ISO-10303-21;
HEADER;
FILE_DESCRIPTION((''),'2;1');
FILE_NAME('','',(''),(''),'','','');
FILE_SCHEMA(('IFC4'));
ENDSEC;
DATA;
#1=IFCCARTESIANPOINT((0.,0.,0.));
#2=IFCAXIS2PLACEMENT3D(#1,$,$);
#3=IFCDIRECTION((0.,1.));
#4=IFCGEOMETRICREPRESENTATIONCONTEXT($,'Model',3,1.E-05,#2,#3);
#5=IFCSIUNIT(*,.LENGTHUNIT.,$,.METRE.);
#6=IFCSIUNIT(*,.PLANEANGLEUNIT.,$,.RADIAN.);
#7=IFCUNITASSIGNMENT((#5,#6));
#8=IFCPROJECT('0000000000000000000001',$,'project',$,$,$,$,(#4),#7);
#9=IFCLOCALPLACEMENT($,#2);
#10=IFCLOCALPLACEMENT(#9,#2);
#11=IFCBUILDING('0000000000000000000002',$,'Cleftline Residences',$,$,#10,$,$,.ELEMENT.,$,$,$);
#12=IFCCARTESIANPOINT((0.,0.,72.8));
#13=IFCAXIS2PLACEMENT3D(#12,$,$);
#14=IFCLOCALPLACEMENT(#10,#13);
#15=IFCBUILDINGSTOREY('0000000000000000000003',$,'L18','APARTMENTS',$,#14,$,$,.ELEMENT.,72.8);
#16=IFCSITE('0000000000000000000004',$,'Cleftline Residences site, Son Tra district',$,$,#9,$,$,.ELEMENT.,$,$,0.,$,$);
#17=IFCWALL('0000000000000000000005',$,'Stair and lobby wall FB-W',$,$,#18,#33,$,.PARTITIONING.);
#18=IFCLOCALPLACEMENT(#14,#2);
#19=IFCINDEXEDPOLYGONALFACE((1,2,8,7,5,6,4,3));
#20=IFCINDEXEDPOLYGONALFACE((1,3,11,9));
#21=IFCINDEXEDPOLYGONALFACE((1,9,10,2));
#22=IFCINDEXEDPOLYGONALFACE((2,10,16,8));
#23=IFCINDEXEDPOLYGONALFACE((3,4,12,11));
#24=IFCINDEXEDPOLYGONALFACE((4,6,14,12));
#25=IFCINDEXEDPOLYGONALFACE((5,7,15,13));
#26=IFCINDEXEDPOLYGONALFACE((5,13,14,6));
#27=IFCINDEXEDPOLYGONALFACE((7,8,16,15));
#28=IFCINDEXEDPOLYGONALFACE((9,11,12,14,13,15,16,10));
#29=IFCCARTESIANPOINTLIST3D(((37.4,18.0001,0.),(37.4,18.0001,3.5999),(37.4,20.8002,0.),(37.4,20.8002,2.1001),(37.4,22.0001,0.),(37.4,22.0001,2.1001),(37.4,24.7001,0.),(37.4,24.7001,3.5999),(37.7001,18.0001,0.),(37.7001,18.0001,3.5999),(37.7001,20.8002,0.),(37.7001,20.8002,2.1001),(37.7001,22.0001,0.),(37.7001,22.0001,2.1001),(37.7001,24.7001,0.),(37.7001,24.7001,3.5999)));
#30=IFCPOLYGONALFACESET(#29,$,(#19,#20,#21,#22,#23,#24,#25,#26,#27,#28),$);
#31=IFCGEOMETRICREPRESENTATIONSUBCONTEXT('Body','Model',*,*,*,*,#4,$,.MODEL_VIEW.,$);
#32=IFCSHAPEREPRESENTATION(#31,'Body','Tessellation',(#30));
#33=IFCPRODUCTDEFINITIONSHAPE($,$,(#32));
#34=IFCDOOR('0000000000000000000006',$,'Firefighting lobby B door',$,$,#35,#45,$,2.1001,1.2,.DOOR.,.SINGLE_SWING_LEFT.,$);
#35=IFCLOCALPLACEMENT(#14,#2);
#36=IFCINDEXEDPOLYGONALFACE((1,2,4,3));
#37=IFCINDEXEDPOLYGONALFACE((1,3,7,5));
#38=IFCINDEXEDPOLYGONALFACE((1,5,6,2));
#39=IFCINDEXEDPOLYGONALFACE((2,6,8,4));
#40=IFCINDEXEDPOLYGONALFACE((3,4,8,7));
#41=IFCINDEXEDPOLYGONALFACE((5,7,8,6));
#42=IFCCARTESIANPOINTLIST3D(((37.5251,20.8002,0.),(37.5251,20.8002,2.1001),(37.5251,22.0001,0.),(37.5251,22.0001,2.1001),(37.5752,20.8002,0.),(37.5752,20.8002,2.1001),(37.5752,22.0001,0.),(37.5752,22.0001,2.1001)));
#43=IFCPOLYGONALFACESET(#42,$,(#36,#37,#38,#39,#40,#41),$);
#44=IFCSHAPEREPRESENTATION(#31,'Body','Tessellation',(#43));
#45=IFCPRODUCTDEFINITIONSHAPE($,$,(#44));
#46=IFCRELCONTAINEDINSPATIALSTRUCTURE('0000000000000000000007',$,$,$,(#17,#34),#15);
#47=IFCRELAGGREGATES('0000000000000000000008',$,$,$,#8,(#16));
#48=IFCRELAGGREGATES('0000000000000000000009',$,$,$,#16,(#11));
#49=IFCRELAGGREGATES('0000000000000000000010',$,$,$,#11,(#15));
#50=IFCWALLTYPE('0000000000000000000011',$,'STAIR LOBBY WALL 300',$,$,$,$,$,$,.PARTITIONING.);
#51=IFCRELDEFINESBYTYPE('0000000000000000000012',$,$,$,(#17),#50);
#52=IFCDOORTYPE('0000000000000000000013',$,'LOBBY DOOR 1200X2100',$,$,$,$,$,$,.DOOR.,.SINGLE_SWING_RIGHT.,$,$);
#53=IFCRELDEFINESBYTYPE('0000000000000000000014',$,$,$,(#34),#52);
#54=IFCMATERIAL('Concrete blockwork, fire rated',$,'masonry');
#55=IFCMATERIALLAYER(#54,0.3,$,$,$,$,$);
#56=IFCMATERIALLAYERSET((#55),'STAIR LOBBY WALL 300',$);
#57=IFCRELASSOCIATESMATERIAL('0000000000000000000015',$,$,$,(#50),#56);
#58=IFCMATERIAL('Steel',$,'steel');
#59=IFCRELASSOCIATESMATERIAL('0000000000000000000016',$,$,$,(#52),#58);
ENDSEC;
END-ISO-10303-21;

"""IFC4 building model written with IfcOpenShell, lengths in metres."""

from ifc_helpers import new_model, si_unit, direction, frame, frame_2d, origin, place, context, subcontext, project, spatial, rectangle, extrude, material, layer, layer_set, type_object, element, fill, save


model = new_model("IFC4")

# Units and contexts
model_context = context("Model", 3, precision=1e-05, world=origin(), true_north=direction((0.0, 1.0)))
body_context = subcontext(model_context, "Body", "Model", "MODEL_VIEW")
ifc_project = project(units=[si_unit("LENGTHUNIT", "METRE"), si_unit("PLANEANGLEUNIT", "RADIAN")], contexts=[model_context])

# Site, building, storey
site_placement = place(None, origin())
site = spatial("IfcSite", under=ifc_project, at=site_placement, Name="Cleftline Residences site, Son Tra district", CompositionType="ELEMENT", RefElevation=0.0)
building_placement = place(site_placement, origin())
building = spatial("IfcBuilding", under=site, at=building_placement, Name="Cleftline Residences", CompositionType="ELEMENT")
storey_placement = place(building_placement, frame((0.0, 0.0, 72.8)))
storey = spatial("IfcBuildingStorey", under=building, at=storey_placement, Name="L18", Description="APARTMENTS", CompositionType="ELEMENT", Elevation=72.8)

# Wall, opening, door
ifc_material_1 = material(Name="Concrete blockwork, fire rated", Category="masonry")
ifc_layer_1 = layer(ifc_material_1, 0.3)
ifc_layer_set_1 = layer_set([ifc_layer_1], Name="STAIR LOBBY WALL 300")
wall_type_1 = type_object("IfcWallType", Name="STAIR LOBBY WALL 300", PredefinedType="PARTITIONING", material=ifc_layer_set_1)
ifc_material_2 = material(Name="Steel", Category="steel")
door_type_1 = type_object("IfcDoorType", Name="LOBBY DOOR 1200X2100", OperationType="SINGLE_SWING_RIGHT", PredefinedType="DOOR", material=ifc_material_2)
wall_1_placement = place(storey_placement, frame((37.55, 18.0, 0.0), z_axis=(0.0, 0.0, 1.0), x_axis=(0.0, 1.0, 0.0)))
wall_1 = element("IfcWall", 1, at=wall_1_placement, inside=storey, type_object=wall_type_1, Name="Stair and lobby wall FB-W", PredefinedType="PARTITIONING", context=body_context, shape_type="SweptSolid", body=[
    extrude(rectangle(XDim=6.7, YDim=0.3, at=frame_2d((3.3501, 0.0))), origin(), (0.0, 0.0, 1.0), 3.5999),
])
opening_1_placement = place(wall_1_placement, frame((2.8, 0.0, 0.0)))
opening_1 = element("IfcOpeningElement", 2, at=opening_1_placement, cuts=wall_1, PredefinedType="OPENING", context=body_context, shape_type="SweptSolid", body=[
    extrude(rectangle(XDim=1.2, YDim=2.1001, at=frame_2d((0.6001, 1.05))), frame((0.0, 0.1599, 0.0), z_axis=(0.0, -1.0, 0.0), x_axis=(1.0, 0.0, 0.0)), (0.0, 0.0, 1.0), 0.3201),
])
door_1_placement = place(opening_1_placement, origin())
door_1 = element("IfcDoor", 3, at=door_1_placement, inside=storey, type_object=door_type_1, Name="Firefighting lobby B door", OperationType="SINGLE_SWING_LEFT", OverallHeight=2.1001, OverallWidth=1.2, PredefinedType="DOOR", context=body_context, shape_type="SweptSolid", body=[
    extrude(rectangle(XDim=1.2, YDim=2.1001, at=frame_2d((0.6001, 1.05))), frame((0.0, 0.0249, 0.0), z_axis=(0.0, -1.0, 0.0), x_axis=(1.0, 0.0, 0.0)), (0.0, 0.0, 1.0), 0.05),
])
fill(opening_1, door_1)

save(model, "model.ifc")
